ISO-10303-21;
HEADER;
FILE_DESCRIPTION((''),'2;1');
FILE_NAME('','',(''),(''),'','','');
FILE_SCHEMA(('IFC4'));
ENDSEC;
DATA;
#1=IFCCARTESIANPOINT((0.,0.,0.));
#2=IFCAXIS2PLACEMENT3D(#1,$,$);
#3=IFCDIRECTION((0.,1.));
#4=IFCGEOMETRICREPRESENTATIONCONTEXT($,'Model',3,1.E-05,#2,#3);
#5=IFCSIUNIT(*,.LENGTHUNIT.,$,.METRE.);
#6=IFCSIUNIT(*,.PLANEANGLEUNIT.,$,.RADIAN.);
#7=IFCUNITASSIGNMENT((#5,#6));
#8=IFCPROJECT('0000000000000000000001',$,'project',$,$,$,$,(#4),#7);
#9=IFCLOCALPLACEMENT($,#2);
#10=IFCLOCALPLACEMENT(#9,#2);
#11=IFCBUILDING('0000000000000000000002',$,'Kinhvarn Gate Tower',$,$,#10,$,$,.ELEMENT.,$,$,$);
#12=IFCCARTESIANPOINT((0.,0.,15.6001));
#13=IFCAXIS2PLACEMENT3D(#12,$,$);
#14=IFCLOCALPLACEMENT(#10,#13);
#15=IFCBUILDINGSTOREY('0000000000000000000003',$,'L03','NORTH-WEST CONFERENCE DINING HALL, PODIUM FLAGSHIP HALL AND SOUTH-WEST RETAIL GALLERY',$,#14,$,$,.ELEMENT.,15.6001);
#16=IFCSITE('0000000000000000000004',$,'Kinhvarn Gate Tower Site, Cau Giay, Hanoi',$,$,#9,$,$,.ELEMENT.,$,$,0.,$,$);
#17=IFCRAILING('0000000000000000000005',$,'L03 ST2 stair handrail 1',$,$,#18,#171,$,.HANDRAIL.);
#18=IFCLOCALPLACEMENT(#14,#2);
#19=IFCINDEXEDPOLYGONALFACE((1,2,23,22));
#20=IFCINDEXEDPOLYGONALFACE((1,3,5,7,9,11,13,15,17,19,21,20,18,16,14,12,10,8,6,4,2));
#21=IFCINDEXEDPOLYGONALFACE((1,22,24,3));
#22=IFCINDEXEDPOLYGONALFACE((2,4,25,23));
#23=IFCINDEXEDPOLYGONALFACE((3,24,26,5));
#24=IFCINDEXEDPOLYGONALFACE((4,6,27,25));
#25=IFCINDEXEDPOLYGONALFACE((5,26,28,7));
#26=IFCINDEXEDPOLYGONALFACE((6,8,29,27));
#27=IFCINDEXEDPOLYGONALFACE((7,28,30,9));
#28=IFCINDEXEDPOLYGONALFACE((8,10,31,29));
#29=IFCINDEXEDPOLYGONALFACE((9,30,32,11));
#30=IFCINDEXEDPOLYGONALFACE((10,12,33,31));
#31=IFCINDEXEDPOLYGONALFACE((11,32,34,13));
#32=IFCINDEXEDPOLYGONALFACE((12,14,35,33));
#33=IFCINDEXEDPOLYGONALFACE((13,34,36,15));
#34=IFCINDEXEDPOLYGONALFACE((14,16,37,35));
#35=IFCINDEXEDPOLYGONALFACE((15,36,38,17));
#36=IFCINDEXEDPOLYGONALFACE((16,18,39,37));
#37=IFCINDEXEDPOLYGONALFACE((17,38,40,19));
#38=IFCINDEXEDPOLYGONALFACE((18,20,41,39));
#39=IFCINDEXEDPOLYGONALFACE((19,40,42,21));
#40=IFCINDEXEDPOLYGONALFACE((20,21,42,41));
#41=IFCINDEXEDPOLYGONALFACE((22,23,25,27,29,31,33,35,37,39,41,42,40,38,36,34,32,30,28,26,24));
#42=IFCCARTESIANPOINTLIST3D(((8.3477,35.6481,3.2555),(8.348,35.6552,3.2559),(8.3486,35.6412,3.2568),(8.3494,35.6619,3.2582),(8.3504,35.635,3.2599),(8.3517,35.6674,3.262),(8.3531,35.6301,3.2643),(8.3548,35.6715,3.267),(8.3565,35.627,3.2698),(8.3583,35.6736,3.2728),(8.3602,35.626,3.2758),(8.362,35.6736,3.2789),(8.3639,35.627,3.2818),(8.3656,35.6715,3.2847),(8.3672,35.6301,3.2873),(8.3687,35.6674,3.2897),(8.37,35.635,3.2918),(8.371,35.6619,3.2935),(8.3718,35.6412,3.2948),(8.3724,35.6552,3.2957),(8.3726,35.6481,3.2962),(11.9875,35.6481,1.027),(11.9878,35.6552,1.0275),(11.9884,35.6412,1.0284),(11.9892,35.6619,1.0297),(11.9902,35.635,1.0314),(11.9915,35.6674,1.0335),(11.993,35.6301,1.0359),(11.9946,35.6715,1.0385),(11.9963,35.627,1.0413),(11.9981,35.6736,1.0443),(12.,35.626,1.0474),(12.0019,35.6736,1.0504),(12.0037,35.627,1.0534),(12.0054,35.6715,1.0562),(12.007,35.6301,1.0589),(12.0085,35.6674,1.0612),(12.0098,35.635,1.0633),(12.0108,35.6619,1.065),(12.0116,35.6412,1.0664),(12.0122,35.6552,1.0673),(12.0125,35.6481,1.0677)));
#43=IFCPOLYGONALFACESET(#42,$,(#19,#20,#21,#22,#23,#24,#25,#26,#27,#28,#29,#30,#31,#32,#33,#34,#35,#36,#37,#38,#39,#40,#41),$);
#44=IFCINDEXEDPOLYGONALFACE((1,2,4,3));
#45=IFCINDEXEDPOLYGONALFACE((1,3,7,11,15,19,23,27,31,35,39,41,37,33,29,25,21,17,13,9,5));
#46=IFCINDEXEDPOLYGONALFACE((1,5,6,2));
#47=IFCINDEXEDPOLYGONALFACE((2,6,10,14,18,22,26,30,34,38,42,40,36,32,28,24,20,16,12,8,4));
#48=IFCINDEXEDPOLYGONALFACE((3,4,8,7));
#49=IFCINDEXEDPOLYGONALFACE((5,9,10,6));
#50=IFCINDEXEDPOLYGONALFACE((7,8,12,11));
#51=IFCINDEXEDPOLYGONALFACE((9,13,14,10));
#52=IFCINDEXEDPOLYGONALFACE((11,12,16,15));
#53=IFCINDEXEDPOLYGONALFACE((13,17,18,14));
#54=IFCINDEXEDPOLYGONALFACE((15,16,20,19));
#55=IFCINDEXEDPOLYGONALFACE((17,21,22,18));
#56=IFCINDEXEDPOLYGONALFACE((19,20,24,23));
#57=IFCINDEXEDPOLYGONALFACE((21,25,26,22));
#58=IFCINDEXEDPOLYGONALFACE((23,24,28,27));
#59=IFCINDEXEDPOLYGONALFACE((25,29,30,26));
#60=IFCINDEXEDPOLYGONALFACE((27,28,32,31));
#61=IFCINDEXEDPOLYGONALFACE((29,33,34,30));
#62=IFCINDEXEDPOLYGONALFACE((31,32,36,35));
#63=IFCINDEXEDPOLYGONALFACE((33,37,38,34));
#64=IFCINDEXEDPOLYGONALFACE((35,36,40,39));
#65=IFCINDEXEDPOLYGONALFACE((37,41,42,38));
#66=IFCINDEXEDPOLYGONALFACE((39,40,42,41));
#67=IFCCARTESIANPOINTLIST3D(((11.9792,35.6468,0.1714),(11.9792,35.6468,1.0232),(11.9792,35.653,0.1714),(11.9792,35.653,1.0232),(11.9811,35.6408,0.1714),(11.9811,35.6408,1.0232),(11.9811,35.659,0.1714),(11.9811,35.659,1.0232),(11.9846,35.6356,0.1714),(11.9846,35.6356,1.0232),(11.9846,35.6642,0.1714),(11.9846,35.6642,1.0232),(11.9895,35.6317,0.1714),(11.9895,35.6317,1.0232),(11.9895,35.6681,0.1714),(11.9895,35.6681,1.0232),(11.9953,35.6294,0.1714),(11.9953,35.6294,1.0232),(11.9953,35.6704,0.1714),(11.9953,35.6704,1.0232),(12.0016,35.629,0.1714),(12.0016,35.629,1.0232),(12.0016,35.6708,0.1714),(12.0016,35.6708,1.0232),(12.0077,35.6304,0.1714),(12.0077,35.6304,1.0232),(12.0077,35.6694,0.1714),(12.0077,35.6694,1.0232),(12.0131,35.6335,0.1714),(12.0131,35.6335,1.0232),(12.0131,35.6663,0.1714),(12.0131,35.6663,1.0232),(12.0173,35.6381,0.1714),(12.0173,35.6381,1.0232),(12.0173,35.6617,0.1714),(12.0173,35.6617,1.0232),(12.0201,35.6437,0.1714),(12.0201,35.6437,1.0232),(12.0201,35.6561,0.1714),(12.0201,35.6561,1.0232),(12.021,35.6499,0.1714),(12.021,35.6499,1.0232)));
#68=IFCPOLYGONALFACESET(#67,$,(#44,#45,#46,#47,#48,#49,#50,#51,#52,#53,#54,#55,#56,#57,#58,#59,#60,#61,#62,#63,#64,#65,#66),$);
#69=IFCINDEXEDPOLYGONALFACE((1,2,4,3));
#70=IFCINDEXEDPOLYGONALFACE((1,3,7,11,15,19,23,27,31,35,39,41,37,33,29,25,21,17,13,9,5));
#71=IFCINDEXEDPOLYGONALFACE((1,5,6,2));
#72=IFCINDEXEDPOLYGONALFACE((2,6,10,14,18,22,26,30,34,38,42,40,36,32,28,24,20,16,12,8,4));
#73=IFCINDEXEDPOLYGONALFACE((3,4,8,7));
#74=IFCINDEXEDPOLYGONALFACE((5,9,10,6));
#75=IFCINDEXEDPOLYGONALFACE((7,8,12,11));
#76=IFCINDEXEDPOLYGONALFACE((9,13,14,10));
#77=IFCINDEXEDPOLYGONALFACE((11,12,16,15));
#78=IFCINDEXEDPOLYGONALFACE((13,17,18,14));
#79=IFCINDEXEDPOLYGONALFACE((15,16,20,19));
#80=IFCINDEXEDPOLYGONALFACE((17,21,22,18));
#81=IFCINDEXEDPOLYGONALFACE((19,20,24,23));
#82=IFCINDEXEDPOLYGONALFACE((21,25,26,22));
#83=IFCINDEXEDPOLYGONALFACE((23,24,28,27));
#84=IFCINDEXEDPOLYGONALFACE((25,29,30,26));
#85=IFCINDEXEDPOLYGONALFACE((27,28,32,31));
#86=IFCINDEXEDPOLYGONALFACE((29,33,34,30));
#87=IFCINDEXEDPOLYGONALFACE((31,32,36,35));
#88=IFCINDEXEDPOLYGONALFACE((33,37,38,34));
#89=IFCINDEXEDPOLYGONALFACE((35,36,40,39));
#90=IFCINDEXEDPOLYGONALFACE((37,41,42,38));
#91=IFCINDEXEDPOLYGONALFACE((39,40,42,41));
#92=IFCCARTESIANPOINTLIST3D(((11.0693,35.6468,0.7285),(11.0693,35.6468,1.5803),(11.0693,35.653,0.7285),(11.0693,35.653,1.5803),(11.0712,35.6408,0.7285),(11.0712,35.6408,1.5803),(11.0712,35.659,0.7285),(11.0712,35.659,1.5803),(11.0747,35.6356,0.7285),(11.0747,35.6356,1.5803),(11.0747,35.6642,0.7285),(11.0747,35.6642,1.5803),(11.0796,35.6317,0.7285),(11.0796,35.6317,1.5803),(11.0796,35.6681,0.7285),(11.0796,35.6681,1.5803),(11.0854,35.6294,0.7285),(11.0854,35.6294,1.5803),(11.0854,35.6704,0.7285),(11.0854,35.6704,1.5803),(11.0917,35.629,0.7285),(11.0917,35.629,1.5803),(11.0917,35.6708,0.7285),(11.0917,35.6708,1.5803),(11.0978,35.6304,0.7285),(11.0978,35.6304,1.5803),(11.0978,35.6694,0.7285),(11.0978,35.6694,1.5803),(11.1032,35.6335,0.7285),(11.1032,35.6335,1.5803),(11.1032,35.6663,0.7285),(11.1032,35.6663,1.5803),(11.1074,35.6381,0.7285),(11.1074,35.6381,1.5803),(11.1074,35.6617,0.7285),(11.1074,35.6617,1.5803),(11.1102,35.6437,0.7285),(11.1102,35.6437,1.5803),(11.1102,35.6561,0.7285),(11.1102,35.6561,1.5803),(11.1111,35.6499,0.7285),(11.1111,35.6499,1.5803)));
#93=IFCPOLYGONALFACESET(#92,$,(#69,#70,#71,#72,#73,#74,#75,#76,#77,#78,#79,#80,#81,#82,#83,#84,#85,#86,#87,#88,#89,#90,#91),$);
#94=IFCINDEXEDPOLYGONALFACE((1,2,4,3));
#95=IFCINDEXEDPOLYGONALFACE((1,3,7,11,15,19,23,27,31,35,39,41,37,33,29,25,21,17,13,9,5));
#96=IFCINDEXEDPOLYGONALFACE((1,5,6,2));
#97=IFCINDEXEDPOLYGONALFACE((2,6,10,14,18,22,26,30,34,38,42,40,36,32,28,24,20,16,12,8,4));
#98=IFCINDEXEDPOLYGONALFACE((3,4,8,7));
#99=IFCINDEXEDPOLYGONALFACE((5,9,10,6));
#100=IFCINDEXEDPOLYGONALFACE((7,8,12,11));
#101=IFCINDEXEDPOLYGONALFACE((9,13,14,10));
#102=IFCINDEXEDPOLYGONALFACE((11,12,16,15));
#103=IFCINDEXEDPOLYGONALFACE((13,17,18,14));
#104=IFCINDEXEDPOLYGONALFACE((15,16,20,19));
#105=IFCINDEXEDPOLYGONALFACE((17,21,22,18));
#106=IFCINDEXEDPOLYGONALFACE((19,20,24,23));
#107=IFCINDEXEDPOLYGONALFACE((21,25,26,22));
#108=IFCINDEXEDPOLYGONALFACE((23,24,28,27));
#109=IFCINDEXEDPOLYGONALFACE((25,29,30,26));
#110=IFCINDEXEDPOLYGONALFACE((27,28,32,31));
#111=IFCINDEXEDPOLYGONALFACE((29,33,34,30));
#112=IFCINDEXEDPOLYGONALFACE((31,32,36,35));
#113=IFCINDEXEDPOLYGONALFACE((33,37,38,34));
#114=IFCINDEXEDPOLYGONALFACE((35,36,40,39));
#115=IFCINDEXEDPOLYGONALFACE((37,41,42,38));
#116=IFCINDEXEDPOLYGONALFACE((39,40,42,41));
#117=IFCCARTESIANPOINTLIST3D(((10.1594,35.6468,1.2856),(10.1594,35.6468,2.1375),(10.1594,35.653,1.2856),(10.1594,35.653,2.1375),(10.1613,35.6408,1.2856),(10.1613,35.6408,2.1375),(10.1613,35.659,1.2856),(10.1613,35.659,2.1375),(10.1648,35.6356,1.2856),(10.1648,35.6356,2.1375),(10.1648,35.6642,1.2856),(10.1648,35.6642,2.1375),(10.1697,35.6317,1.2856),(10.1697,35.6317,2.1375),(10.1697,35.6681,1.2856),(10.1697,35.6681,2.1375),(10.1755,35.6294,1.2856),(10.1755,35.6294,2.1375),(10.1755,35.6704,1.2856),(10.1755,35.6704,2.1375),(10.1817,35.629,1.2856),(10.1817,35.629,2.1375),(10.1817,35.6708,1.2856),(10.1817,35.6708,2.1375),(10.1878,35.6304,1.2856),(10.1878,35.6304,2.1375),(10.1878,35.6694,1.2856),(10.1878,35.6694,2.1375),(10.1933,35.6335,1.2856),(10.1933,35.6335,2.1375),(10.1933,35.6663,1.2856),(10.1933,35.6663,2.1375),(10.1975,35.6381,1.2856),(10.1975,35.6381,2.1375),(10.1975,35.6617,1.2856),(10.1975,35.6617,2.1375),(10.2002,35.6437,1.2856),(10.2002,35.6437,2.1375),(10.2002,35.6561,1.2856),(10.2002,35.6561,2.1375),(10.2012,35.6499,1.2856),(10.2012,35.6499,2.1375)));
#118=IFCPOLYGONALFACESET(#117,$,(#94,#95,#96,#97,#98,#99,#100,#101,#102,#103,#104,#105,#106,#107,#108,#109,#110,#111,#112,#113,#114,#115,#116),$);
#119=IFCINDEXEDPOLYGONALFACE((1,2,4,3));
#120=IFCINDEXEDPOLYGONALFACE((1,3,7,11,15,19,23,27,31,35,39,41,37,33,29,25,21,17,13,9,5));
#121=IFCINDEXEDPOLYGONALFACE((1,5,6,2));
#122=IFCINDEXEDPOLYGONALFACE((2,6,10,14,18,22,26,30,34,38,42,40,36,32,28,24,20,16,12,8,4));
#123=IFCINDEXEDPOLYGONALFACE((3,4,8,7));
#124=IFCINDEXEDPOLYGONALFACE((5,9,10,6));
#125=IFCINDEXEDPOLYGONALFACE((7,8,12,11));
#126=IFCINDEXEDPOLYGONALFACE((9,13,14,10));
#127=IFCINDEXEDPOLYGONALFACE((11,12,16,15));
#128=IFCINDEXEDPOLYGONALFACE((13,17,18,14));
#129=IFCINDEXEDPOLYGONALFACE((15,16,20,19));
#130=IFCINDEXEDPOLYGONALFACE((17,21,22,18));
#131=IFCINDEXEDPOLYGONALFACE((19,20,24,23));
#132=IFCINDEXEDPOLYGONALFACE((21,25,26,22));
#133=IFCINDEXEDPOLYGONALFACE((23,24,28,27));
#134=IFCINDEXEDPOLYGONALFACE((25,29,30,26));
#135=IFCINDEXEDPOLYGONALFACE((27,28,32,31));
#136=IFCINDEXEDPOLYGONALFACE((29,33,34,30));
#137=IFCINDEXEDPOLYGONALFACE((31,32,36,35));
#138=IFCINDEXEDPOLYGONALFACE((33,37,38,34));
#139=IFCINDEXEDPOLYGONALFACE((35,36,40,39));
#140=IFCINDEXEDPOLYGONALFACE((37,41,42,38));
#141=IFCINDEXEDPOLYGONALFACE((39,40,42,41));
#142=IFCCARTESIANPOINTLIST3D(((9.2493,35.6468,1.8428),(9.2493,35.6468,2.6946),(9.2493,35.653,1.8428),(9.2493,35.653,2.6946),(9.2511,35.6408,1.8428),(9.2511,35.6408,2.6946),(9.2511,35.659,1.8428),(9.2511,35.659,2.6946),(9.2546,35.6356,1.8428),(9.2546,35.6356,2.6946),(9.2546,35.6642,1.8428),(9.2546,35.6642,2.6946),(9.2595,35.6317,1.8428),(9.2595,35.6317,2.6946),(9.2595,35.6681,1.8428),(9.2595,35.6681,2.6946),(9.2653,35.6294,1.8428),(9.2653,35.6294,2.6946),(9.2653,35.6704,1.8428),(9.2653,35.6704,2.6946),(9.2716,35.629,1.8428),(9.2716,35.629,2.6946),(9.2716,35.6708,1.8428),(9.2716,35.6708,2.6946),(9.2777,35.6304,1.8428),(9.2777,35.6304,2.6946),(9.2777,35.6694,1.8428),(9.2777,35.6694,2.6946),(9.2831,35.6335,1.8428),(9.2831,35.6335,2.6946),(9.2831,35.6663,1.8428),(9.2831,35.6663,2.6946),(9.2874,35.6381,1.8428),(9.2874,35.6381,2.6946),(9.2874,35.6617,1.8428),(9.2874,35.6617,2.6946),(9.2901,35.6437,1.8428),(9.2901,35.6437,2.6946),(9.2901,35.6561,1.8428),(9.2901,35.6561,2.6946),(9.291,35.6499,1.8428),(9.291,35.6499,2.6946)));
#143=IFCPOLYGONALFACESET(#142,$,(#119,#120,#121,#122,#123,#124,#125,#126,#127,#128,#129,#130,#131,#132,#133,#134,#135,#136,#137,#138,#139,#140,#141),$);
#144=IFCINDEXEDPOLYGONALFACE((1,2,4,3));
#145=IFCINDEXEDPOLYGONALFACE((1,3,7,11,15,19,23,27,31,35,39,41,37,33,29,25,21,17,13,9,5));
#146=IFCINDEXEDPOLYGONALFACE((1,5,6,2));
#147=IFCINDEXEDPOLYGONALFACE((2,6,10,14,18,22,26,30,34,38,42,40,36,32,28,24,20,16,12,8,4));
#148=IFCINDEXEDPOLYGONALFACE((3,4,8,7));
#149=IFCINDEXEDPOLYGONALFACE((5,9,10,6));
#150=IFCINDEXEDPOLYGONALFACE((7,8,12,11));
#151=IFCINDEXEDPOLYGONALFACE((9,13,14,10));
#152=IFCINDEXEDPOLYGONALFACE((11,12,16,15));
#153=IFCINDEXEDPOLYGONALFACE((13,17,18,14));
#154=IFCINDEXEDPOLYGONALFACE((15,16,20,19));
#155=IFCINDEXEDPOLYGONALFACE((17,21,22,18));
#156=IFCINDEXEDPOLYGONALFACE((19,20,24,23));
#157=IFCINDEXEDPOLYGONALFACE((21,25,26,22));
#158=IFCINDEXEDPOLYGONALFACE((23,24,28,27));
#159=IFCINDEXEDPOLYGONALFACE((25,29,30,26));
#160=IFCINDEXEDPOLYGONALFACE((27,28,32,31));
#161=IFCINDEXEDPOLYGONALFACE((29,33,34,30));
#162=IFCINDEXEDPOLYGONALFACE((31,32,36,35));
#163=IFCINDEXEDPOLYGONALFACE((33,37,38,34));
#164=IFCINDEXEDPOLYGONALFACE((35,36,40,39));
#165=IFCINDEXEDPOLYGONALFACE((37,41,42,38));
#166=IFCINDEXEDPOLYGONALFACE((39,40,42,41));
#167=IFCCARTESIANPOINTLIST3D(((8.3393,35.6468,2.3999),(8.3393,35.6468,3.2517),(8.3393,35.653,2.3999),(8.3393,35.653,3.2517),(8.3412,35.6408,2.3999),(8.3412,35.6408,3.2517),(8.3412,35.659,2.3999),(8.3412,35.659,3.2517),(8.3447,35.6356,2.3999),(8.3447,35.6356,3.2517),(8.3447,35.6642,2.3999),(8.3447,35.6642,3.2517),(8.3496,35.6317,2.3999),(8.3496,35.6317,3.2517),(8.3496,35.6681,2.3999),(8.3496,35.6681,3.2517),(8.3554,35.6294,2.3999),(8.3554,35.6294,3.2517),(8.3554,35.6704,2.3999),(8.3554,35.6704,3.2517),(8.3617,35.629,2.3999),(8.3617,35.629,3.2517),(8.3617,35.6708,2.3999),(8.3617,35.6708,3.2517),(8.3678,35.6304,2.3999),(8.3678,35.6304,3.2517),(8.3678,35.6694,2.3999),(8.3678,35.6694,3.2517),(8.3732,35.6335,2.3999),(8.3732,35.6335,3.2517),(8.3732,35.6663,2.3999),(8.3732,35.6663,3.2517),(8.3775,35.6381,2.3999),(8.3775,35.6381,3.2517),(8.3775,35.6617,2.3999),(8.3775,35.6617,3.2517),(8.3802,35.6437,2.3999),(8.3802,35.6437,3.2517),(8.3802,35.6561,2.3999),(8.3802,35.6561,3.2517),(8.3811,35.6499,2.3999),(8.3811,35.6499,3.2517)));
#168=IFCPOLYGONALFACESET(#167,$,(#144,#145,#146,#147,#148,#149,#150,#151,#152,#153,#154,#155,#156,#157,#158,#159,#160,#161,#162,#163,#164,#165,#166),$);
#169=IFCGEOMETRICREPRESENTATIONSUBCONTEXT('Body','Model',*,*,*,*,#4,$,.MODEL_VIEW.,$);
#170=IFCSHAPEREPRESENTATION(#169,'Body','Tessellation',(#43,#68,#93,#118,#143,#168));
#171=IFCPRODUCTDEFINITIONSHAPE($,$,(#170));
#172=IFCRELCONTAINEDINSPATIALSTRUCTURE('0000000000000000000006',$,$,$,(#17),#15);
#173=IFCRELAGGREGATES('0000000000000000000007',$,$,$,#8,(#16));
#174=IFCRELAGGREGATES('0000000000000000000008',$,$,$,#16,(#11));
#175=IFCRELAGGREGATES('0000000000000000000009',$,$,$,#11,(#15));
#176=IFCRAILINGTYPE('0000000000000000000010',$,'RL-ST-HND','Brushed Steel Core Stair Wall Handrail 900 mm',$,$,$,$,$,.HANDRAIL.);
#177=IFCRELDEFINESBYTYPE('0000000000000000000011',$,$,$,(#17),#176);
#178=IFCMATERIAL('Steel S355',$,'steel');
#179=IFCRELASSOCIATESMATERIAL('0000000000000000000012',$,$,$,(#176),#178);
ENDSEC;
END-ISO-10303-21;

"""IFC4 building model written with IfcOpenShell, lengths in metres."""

from ifc_helpers import new_model, si_unit, direction, frame, origin, origin_2d, place, context, subcontext, project, spatial, circle, extrude, material, type_object, element, save


model = new_model("IFC4")

# Units and contexts
model_context = context("Model", 3, precision=1e-05, world=origin(), true_north=direction((0.0, 1.0)))
body_context = subcontext(model_context, "Body", "Model", "MODEL_VIEW")
ifc_project = project(units=[si_unit("LENGTHUNIT", "METRE"), si_unit("PLANEANGLEUNIT", "RADIAN")], contexts=[model_context])

# Site, building, storey
site_placement = place(None, origin())
site = spatial("IfcSite", under=ifc_project, at=site_placement, Name="Kinhvarn Gate Tower Site, Cau Giay, Hanoi", CompositionType="ELEMENT", RefElevation=0.0)
building_placement = place(site_placement, origin())
building = spatial("IfcBuilding", under=site, at=building_placement, Name="Kinhvarn Gate Tower", CompositionType="ELEMENT")
storey_placement = place(building_placement, frame((0.0, 0.0, 15.6001)))
storey = spatial("IfcBuildingStorey", under=building, at=storey_placement, Name="L03", Description="NORTH-WEST CONFERENCE DINING HALL, PODIUM FLAGSHIP HALL AND SOUTH-WEST RETAIL GALLERY", CompositionType="ELEMENT", Elevation=15.6001)

# Shared definitions
ifc_material_1 = material(Name="Steel S355", Category="steel")

# Railing
railing_type_1 = type_object("IfcRailingType", Name="RL-ST-HND", Description="Brushed Steel Core Stair Wall Handrail 900 mm", PredefinedType="HANDRAIL", material=ifc_material_1)
railing_1_placement = place(storey_placement, frame((12.0, 35.6499, 0.1714)))
element("IfcRailing", 1, at=railing_1_placement, inside=storey, type_object=railing_type_1, Name="L03 ST2 stair handrail 1", PredefinedType="HANDRAIL", context=body_context, shape_type="SweptSolid", body=[
    extrude(circle(Radius=0.0239, at=origin_2d()), frame((0.0, 0.0, 0.876), z_axis=(-0.85285, 0.0, 0.522156), x_axis=(0.0, -1.0, 0.0)), (0.0, 0.0, 1.0), 4.2678),
    extrude(circle(Radius=0.021, at=origin_2d()), origin(), (0.0, 0.0, 1.0), 0.8518),
    extrude(circle(Radius=0.021, at=origin_2d()), frame((-0.9099, 0.0, 0.5571)), (0.0, 0.0, 1.0), 0.8518),
    extrude(circle(Radius=0.021, at=origin_2d()), frame((-1.8198, 0.0, 1.1143)), (0.0, 0.0, 1.0), 0.8518),
    extrude(circle(Radius=0.021, at=origin_2d()), frame((-2.73, 0.0, 1.6714)), (0.0, 0.0, 1.0), 0.8518),
    extrude(circle(Radius=0.021, at=origin_2d()), frame((-3.6399, 0.0, 2.2285)), (0.0, 0.0, 1.0), 0.8518),
])

save(model, "model.ifc")
